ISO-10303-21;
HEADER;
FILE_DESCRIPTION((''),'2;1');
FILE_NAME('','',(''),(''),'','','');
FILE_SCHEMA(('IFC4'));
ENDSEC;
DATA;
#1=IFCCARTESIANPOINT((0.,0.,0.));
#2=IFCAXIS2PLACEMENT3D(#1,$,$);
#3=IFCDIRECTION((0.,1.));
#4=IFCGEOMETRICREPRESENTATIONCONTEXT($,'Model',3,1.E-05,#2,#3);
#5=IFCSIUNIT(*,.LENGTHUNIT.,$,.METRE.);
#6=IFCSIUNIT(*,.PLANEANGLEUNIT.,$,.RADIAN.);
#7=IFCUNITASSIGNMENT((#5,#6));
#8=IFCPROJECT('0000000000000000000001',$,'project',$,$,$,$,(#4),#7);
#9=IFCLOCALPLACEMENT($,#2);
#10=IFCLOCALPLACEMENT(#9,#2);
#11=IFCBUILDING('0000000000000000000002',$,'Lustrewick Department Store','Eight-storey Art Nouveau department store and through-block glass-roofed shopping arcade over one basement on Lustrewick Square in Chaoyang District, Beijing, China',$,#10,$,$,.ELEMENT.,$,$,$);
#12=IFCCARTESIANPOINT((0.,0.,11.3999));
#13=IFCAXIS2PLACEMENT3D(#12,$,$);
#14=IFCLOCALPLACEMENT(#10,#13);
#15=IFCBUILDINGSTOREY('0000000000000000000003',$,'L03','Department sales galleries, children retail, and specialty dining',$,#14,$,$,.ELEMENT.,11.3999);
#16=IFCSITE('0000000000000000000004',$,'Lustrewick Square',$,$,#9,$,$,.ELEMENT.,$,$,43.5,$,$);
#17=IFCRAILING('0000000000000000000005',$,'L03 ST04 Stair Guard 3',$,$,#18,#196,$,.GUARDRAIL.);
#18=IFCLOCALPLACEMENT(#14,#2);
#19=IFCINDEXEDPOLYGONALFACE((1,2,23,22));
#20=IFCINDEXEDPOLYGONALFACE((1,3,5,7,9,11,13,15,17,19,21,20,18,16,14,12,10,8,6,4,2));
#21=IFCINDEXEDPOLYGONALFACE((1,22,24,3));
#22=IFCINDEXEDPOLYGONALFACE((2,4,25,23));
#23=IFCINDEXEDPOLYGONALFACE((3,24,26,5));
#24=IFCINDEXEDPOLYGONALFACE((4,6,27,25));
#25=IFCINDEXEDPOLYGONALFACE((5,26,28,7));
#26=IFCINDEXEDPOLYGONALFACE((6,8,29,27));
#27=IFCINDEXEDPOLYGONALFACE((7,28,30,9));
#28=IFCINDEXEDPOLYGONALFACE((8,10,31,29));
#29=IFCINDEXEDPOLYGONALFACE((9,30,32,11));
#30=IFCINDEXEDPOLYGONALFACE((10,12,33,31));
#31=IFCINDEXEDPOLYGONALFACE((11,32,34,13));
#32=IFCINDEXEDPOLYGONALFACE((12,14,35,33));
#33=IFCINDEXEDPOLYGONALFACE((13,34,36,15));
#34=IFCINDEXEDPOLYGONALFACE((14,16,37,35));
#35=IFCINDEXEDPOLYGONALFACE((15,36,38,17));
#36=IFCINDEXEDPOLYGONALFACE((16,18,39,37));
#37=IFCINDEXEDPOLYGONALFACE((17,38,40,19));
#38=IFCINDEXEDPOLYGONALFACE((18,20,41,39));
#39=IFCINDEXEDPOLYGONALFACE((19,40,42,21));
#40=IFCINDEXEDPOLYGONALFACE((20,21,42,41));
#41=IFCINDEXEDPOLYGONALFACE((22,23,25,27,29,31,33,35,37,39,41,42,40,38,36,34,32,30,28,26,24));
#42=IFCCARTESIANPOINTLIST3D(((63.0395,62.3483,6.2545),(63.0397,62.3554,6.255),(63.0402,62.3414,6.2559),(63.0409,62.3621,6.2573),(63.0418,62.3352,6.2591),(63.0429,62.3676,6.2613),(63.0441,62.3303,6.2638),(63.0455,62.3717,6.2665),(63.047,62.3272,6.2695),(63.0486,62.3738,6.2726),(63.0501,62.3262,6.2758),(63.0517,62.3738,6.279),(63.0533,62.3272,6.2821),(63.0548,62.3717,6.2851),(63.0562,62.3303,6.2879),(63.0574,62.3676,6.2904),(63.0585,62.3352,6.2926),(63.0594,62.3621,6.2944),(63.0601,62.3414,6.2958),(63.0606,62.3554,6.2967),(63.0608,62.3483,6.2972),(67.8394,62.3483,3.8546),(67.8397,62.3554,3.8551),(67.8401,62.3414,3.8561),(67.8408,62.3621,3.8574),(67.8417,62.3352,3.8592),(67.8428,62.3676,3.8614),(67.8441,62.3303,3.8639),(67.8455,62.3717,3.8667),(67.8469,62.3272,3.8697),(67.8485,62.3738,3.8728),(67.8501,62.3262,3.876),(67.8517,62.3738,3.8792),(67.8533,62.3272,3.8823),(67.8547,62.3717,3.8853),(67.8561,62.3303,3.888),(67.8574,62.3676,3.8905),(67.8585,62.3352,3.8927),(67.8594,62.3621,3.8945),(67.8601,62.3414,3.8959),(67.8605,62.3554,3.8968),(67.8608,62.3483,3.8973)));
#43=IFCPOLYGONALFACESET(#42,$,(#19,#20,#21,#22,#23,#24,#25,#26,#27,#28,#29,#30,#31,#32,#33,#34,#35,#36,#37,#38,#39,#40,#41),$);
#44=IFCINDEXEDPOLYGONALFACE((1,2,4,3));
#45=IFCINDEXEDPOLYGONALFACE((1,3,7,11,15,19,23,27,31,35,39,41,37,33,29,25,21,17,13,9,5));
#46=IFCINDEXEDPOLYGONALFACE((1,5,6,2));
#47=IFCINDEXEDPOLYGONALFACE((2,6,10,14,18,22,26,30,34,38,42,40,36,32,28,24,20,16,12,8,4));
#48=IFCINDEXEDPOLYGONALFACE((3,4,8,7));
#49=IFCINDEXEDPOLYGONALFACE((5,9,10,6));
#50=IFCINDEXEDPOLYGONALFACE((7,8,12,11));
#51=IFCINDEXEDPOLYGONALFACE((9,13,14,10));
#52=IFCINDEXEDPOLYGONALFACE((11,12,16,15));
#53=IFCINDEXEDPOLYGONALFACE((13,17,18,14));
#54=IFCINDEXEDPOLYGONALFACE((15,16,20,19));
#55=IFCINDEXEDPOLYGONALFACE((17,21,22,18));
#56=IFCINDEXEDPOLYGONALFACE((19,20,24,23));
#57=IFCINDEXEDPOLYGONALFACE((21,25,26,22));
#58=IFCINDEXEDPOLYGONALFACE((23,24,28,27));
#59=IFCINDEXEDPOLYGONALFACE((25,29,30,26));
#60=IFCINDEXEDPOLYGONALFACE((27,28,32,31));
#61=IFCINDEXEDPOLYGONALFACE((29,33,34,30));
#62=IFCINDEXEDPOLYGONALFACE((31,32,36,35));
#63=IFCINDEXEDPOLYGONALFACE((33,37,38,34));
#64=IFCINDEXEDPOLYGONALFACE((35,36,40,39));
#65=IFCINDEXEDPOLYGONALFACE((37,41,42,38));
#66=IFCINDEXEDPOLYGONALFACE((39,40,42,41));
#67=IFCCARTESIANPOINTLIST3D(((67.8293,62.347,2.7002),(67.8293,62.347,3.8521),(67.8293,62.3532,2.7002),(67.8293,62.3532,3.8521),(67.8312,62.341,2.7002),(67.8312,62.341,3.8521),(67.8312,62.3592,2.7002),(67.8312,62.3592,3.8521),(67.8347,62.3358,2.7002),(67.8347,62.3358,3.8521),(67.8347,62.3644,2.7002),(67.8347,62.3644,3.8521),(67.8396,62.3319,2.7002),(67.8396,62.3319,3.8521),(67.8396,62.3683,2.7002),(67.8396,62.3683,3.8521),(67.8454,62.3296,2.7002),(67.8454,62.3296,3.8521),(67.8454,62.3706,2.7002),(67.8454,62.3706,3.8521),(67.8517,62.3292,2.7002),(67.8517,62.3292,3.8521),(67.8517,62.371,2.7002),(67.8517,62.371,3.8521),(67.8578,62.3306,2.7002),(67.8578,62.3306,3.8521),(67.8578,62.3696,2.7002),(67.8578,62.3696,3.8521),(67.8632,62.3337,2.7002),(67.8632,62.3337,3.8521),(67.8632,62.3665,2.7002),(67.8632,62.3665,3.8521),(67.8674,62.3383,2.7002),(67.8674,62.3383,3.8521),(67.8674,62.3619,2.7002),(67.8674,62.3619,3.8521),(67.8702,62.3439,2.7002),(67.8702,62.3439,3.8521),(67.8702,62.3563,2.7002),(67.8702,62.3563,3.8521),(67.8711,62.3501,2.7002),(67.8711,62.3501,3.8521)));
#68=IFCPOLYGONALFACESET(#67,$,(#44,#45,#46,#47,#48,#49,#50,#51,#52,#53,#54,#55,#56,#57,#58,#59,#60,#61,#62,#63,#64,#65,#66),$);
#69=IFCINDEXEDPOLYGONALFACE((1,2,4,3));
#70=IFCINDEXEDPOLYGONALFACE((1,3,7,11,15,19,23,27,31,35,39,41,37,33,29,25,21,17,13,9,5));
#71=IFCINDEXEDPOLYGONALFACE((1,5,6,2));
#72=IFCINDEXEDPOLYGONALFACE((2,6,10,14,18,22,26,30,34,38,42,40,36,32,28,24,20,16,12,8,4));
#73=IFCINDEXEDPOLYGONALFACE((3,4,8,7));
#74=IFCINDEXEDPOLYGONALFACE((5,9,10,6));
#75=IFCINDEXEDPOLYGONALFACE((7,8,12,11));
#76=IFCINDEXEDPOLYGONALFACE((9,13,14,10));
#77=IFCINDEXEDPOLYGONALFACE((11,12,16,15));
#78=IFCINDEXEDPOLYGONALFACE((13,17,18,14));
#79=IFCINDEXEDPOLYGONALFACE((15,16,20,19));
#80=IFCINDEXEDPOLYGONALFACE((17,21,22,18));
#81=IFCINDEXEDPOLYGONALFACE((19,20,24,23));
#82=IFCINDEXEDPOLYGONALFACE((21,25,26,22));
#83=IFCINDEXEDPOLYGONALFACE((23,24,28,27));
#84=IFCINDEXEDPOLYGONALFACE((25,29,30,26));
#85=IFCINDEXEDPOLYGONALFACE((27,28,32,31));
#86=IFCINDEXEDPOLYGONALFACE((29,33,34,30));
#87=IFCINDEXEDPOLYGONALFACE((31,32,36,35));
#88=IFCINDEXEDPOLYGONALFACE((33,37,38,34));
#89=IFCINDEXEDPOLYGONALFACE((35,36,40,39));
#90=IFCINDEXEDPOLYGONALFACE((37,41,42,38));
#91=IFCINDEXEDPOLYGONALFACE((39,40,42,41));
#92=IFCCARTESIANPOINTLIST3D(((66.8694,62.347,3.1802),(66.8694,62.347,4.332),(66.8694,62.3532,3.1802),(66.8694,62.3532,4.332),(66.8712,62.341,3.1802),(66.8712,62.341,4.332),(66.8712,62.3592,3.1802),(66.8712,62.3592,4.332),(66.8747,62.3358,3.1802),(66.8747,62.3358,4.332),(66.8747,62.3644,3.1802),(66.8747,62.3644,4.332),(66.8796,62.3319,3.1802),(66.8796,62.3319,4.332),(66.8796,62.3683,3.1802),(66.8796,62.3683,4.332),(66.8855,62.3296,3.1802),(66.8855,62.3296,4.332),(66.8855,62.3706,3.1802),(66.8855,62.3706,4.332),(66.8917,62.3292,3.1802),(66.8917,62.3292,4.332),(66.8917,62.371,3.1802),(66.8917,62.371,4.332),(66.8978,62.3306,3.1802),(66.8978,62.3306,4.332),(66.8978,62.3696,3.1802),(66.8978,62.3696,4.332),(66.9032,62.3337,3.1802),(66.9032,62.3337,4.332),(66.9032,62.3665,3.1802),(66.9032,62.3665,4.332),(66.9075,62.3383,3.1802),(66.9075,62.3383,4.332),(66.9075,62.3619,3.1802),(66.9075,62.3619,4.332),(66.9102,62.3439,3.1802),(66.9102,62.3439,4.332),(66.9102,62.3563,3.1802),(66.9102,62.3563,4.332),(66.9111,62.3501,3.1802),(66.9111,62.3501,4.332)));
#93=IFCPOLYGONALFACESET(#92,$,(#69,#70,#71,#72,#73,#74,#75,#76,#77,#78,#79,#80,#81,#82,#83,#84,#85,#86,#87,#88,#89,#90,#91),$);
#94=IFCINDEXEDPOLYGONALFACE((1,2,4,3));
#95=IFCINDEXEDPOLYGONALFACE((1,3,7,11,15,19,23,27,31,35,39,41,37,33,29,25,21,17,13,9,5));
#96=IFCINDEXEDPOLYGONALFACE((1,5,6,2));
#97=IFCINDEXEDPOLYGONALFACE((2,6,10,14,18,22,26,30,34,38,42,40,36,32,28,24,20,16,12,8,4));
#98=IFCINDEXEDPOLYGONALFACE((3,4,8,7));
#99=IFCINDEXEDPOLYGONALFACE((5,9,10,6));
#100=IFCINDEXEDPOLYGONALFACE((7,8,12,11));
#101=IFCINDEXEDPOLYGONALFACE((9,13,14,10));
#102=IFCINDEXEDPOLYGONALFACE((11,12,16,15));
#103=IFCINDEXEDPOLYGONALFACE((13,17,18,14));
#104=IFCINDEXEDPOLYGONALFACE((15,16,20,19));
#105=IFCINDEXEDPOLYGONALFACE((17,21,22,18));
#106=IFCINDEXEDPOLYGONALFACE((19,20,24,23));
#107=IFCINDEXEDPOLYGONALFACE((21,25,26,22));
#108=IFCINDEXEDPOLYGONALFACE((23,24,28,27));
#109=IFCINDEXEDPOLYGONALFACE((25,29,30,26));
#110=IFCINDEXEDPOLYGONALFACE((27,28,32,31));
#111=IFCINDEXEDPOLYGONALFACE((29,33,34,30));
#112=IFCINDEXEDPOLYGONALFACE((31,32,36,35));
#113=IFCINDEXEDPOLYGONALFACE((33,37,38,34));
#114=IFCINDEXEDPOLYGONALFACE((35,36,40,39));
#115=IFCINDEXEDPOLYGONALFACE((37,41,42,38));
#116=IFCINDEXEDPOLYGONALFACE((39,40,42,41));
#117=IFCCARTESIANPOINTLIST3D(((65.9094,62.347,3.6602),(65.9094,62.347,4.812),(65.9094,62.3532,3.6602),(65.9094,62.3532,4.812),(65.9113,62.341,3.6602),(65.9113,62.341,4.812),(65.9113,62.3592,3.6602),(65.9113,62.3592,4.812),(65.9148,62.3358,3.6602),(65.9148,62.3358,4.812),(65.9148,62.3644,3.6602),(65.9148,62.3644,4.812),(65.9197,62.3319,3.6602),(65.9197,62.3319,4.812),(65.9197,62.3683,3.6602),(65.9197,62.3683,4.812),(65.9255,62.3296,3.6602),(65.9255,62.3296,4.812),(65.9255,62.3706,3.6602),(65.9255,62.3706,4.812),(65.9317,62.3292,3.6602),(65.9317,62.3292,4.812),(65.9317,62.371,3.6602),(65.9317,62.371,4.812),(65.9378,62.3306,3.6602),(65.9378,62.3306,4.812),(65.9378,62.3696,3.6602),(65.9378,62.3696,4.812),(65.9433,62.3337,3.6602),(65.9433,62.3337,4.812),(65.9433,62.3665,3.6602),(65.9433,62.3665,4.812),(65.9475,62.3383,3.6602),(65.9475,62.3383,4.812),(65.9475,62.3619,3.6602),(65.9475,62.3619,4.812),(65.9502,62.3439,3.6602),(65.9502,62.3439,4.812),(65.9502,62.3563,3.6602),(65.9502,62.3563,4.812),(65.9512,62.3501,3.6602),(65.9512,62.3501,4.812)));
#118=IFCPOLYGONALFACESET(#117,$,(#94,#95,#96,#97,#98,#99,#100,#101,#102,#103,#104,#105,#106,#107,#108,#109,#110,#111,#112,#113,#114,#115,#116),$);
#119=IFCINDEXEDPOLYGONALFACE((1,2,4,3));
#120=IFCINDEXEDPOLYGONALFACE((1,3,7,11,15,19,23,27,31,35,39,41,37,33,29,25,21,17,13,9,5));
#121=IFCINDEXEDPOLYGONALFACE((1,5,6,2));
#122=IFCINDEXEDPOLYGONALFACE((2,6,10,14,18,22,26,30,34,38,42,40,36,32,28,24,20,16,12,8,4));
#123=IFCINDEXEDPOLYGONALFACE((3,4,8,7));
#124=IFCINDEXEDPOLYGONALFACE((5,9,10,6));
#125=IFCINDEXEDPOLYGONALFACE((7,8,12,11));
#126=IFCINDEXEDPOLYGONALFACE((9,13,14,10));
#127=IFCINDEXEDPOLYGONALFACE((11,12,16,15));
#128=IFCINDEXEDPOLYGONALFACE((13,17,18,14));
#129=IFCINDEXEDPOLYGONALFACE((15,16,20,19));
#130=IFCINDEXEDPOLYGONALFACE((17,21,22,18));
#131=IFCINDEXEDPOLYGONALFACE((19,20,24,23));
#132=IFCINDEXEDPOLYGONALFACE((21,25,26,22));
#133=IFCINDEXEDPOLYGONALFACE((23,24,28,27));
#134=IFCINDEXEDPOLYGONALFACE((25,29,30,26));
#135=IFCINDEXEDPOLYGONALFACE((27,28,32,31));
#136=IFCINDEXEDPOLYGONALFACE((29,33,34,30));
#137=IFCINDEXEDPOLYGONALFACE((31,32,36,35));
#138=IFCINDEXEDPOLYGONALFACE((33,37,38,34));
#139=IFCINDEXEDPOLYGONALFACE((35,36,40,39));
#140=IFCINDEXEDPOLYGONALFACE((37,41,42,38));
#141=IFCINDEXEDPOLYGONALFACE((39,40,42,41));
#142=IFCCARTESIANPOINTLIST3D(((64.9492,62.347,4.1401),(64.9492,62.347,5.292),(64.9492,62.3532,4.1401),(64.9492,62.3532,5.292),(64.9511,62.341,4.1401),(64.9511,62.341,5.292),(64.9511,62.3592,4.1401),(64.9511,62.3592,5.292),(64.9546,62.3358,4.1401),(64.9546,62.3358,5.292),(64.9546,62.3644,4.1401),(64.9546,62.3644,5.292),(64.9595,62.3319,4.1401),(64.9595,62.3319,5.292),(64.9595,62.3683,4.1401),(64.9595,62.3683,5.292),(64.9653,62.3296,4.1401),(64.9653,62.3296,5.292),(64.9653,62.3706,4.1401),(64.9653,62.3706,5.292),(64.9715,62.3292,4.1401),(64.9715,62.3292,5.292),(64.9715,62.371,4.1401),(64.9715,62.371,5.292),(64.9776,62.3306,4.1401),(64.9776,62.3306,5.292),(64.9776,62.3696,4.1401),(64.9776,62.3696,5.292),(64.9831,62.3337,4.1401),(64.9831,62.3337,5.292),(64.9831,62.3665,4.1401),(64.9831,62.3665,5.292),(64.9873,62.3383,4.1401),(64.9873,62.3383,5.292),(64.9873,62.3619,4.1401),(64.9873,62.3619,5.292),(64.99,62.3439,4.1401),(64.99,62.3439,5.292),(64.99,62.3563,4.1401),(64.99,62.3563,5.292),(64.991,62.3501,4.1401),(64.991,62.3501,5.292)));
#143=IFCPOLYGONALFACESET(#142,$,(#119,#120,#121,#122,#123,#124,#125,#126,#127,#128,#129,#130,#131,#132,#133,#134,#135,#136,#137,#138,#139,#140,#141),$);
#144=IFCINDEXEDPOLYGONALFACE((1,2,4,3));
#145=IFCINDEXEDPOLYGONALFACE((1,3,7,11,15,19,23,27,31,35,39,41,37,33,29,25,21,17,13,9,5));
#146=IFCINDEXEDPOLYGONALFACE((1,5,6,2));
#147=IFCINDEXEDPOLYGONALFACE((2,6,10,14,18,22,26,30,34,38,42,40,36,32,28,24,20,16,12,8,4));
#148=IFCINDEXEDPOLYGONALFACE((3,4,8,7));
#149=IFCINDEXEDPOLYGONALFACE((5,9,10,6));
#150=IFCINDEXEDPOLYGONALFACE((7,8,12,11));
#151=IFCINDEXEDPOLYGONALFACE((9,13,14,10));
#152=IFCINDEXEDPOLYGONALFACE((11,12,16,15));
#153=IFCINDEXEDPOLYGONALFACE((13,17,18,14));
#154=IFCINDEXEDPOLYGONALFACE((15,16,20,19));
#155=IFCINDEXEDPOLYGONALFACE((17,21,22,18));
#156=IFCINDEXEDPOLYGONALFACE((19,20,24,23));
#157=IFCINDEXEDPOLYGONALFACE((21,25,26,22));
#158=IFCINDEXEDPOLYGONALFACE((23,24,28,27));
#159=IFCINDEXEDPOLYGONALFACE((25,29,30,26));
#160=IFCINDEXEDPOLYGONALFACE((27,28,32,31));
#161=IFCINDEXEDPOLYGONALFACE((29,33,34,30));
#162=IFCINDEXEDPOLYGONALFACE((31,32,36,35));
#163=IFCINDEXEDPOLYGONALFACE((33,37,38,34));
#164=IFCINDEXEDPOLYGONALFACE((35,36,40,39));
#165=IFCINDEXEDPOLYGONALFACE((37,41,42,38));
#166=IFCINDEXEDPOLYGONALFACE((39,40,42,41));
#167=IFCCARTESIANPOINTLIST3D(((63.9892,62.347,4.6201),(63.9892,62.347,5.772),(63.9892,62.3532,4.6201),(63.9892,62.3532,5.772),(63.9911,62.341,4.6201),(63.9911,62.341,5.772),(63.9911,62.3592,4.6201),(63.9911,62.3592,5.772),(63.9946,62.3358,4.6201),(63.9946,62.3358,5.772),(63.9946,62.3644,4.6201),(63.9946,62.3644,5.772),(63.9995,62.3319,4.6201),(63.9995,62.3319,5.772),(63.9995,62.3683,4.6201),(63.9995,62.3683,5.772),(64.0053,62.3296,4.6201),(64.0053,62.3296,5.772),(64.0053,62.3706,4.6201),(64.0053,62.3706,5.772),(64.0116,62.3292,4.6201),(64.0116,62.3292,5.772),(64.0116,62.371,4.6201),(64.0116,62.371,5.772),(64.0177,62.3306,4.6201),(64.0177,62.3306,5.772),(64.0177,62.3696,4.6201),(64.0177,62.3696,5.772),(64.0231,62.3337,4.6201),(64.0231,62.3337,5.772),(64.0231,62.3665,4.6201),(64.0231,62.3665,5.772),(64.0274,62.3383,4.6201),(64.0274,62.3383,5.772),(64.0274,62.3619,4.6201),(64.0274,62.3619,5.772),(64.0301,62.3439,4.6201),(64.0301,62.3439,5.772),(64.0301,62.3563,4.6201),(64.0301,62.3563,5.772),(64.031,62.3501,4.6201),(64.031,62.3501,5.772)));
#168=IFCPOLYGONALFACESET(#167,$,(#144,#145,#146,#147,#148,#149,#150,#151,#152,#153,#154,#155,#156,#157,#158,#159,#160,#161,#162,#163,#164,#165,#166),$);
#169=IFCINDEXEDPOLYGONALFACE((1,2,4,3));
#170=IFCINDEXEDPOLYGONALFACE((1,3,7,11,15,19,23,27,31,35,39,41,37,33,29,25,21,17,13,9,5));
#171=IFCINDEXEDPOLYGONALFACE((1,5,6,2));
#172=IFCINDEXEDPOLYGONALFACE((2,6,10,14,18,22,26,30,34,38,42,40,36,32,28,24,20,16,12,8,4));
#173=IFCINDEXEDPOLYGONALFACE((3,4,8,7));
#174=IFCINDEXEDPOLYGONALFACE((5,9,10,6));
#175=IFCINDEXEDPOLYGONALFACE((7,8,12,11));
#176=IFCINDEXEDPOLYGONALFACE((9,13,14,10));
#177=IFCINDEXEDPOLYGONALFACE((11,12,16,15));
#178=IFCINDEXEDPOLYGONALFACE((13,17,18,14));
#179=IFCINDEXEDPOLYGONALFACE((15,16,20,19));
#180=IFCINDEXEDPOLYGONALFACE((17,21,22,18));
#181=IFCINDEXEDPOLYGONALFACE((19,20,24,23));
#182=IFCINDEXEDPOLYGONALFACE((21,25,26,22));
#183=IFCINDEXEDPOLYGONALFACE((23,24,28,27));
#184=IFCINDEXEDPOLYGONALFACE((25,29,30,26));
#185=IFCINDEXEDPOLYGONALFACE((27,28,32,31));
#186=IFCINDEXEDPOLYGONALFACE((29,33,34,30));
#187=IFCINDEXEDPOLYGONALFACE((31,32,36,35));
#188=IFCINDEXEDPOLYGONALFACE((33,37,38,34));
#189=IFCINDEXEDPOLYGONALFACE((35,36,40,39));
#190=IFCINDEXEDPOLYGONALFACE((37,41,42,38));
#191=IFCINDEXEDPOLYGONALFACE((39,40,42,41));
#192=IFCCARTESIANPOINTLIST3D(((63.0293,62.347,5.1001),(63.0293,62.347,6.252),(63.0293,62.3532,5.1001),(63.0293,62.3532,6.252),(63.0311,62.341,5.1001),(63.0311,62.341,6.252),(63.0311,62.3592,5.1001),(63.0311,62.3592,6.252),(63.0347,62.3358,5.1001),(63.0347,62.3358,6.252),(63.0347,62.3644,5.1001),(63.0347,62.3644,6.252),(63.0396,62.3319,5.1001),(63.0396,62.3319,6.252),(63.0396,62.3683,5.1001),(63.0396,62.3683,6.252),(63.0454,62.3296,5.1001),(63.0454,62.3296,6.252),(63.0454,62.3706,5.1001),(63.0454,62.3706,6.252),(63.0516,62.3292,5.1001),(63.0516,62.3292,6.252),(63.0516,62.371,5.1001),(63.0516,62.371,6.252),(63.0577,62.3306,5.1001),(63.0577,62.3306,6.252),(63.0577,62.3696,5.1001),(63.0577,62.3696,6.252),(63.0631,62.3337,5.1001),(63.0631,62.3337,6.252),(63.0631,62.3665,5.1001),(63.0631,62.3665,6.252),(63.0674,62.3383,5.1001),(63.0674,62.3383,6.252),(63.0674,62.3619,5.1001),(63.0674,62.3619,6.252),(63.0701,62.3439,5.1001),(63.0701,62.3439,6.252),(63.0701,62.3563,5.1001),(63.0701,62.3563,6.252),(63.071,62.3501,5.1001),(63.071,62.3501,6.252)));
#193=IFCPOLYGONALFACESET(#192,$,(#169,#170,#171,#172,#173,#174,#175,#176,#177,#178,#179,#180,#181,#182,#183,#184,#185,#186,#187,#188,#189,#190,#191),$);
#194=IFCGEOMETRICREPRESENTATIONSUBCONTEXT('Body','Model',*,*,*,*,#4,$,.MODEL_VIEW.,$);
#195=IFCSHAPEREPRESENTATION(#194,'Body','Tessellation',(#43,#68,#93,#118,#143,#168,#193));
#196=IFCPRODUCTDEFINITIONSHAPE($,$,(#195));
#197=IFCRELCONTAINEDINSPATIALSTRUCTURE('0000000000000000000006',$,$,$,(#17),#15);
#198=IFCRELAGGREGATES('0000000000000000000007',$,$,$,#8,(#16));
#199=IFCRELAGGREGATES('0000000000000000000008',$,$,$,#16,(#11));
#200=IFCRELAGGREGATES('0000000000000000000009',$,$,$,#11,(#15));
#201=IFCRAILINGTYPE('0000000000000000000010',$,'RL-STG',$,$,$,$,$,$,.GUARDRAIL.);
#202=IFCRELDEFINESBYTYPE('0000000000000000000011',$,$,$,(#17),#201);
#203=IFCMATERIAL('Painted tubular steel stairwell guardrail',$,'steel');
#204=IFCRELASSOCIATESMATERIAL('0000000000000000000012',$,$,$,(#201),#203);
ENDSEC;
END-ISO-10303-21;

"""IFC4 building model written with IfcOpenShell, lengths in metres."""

from ifc_helpers import new_model, si_unit, direction, frame, origin, origin_2d, place, context, subcontext, project, spatial, circle, extrude, material, type_object, element, save


model = new_model("IFC4")

# Units and contexts
model_context = context("Model", 3, precision=1e-05, world=origin(), true_north=direction((0.0, 1.0)))
body_context = subcontext(model_context, "Body", "Model", "MODEL_VIEW")
ifc_project = project(units=[si_unit("LENGTHUNIT", "METRE"), si_unit("PLANEANGLEUNIT", "RADIAN")], contexts=[model_context])

# Site, building, storey
site_placement = place(None, origin())
site = spatial("IfcSite", under=ifc_project, at=site_placement, Name="Lustrewick Square", CompositionType="ELEMENT", RefElevation=43.5)
building_placement = place(site_placement, origin())
building = spatial("IfcBuilding", under=site, at=building_placement, Name="Lustrewick Department Store", Description="Eight-storey Art Nouveau department store and through-block glass-roofed shopping arcade over one basement on Lustrewick Square in Chaoyang District, Beijing, China", CompositionType="ELEMENT")
storey_placement = place(building_placement, frame((0.0, 0.0, 11.3999)))
storey = spatial("IfcBuildingStorey", under=building, at=storey_placement, Name="L03", Description="Department sales galleries, children retail, and specialty dining", CompositionType="ELEMENT", Elevation=11.3999)

# Railing
ifc_material_1 = material(Name="Painted tubular steel stairwell guardrail", Category="steel")
railing_type_1 = type_object("IfcRailingType", Name="RL-STG", PredefinedType="GUARDRAIL", material=ifc_material_1)
railing_1_placement = place(storey_placement, frame((67.8501, 62.3501, 2.7002)))
element("IfcRailing", 1, at=railing_1_placement, inside=storey, type_object=railing_type_1, Name="L03 ST04 Stair Guard 3", PredefinedType="GUARDRAIL", context=body_context, shape_type="SweptSolid", body=[
    extrude(circle(Radius=0.0239, at=origin_2d()), frame((0.0, 0.0, 1.1758), z_axis=(-0.894436, 0.0, 0.447195), x_axis=(0.0, -1.0, 0.0)), (0.0, 0.0, 1.0), 5.3665),
    extrude(circle(Radius=0.021, at=origin_2d()), origin(), (0.0, 0.0, 1.0), 1.1519),
    extrude(circle(Radius=0.021, at=origin_2d()), frame((-0.96, 0.0, 0.48)), (0.0, 0.0, 1.0), 1.1519),
    extrude(circle(Radius=0.021, at=origin_2d()), frame((-1.9199, 0.0, 0.96)), (0.0, 0.0, 1.0), 1.1519),
    extrude(circle(Radius=0.021, at=origin_2d()), frame((-2.8801, 0.0, 1.4399)), (0.0, 0.0, 1.0), 1.1519),
    extrude(circle(Radius=0.021, at=origin_2d()), frame((-3.8401, 0.0, 1.9199)), (0.0, 0.0, 1.0), 1.1519),
    extrude(circle(Radius=0.021, at=origin_2d()), frame((-4.8, 0.0, 2.3999)), (0.0, 0.0, 1.0), 1.1519),
])

save(model, "model.ifc")
